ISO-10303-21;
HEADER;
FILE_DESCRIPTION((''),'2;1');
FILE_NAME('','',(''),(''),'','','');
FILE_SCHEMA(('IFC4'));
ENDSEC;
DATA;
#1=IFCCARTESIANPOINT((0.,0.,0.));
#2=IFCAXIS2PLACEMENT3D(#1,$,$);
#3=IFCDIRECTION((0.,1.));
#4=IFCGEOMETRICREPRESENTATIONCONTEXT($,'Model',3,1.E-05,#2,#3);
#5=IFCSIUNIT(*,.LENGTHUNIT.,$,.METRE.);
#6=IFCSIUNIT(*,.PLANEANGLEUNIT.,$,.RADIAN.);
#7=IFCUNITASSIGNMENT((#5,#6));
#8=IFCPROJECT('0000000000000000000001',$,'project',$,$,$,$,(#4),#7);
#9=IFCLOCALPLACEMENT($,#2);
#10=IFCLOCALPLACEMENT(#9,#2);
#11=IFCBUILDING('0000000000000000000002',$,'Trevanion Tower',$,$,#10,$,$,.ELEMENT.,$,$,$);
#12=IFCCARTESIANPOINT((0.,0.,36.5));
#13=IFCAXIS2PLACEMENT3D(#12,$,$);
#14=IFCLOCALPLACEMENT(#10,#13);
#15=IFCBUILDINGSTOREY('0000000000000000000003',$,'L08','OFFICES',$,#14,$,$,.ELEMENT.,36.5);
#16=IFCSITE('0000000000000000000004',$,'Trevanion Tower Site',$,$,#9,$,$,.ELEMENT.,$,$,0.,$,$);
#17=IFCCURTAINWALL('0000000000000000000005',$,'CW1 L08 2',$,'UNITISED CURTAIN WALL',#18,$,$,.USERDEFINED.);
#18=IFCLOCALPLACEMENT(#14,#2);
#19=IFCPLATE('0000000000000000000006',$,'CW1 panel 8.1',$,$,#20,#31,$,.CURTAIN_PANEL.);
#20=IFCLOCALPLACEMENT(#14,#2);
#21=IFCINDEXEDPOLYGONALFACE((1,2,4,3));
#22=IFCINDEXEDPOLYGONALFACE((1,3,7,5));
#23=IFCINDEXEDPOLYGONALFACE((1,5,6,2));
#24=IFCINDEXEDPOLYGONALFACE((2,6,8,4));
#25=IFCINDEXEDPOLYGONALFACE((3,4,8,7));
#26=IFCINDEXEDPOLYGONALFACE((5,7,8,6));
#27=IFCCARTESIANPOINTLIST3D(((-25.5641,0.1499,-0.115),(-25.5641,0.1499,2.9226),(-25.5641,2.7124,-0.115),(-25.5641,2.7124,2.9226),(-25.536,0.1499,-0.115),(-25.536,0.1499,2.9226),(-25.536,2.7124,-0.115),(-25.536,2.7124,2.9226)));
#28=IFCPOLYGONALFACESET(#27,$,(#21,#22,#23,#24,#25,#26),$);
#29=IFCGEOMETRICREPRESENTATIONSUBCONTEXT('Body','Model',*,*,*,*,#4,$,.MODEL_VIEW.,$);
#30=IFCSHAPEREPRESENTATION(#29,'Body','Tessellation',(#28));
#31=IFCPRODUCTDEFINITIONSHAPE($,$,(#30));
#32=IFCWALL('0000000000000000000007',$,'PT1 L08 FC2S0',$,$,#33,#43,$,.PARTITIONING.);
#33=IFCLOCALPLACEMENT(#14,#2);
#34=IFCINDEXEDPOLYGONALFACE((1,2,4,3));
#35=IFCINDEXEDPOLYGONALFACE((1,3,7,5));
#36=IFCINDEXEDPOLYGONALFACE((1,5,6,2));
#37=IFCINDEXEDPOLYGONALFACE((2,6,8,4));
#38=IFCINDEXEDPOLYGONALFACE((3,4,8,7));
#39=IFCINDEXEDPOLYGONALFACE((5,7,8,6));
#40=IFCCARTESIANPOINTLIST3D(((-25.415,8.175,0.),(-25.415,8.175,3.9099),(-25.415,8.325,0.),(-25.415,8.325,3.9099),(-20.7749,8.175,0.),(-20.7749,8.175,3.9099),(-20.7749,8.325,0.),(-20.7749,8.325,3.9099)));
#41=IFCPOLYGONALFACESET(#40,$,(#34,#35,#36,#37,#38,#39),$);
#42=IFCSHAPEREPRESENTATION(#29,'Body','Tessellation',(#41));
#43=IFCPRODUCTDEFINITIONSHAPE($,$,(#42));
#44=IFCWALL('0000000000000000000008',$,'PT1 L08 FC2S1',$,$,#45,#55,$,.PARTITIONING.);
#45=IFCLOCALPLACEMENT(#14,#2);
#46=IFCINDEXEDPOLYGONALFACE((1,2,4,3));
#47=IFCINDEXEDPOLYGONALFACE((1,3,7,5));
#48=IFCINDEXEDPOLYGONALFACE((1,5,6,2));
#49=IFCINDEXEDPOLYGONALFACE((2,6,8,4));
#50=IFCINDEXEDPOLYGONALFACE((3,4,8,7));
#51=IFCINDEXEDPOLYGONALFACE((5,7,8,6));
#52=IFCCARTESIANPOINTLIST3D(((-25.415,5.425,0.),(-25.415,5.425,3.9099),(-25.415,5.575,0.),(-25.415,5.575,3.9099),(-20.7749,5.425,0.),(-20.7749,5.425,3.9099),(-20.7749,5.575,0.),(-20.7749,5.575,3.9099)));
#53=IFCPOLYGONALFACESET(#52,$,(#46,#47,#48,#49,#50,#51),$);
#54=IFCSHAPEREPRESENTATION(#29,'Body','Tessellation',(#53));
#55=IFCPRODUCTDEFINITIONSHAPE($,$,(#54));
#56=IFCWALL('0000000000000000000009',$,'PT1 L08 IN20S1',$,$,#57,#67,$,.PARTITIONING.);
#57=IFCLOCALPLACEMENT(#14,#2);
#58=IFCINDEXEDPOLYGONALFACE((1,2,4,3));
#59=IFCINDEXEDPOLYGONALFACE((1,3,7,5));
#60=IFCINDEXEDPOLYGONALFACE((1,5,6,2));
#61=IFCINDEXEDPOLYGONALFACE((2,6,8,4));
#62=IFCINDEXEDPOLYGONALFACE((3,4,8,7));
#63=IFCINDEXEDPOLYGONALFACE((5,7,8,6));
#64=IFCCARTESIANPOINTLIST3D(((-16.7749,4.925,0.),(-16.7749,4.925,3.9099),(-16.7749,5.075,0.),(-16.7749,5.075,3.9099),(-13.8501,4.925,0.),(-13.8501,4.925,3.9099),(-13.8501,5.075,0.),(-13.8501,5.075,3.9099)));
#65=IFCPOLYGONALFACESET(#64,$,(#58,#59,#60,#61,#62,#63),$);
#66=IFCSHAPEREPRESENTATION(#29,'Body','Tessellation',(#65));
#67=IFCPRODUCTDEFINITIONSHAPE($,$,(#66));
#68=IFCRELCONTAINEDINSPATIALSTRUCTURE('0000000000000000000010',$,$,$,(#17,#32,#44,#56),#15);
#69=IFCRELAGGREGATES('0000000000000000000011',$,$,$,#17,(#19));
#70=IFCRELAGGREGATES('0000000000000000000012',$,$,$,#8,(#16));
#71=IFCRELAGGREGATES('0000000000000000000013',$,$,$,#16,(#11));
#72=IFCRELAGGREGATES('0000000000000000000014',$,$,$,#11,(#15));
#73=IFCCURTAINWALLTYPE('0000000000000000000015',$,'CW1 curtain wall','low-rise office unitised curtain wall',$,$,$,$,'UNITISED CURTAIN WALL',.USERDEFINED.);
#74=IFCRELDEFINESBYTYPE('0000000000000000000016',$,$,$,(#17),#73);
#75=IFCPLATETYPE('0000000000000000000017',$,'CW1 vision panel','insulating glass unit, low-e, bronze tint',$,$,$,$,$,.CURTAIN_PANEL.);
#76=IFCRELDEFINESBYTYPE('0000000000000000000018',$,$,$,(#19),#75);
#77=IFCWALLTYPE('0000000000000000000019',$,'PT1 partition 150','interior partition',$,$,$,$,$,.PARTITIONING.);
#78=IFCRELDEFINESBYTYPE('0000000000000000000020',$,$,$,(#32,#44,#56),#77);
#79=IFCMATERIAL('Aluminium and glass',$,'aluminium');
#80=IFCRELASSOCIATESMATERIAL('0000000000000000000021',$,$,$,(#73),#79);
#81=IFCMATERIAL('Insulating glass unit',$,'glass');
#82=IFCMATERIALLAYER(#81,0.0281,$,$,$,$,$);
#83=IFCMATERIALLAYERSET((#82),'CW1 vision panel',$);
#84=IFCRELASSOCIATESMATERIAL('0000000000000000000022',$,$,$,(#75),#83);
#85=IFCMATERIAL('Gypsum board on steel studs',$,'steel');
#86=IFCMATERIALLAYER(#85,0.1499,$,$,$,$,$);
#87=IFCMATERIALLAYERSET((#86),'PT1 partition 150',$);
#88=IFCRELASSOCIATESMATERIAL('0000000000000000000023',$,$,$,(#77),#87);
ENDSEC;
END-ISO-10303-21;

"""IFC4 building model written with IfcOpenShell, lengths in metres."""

from ifc_helpers import new_model, si_unit, direction, frame, frame_2d, origin, origin_2d, place, context, subcontext, project, spatial, rectangle, extrude, material, layer, layer_set, type_object, element, aggregate, save


model = new_model("IFC4")

# Units and contexts
model_context = context("Model", 3, precision=1e-05, world=origin(), true_north=direction((0.0, 1.0)))
body_context = subcontext(model_context, "Body", "Model", "MODEL_VIEW")
ifc_project = project(units=[si_unit("LENGTHUNIT", "METRE"), si_unit("PLANEANGLEUNIT", "RADIAN")], contexts=[model_context])

# Site, building, storey
site_placement = place(None, origin())
site = spatial("IfcSite", under=ifc_project, at=site_placement, Name="Trevanion Tower Site", CompositionType="ELEMENT", RefElevation=0.0)
building_placement = place(site_placement, origin())
building = spatial("IfcBuilding", under=site, at=building_placement, Name="Trevanion Tower", CompositionType="ELEMENT")
storey_placement = place(building_placement, frame((0.0, 0.0, 36.5)))
storey = spatial("IfcBuildingStorey", under=building, at=storey_placement, Name="L08", Description="OFFICES", CompositionType="ELEMENT", Elevation=36.5)

# Curtain wall, plate
ifc_material_1 = material(Name="Aluminium and glass", Category="aluminium")
curtain_wall_type = type_object("IfcCurtainWallType", Name="CW1 curtain wall", Description="low-rise office unitised curtain wall", ElementType="UNITISED CURTAIN WALL", PredefinedType="USERDEFINED", material=ifc_material_1)
curtain_wall_placement = place(storey_placement, origin())
curtain_wall = element("IfcCurtainWall", 1, at=curtain_wall_placement, inside=storey, type_object=curtain_wall_type, Name="CW1 L08 2", ObjectType="UNITISED CURTAIN WALL", PredefinedType="USERDEFINED")
ifc_material_2 = material(Name="Insulating glass unit", Category="glass")
ifc_layer_1 = layer(ifc_material_2, 0.0281)
ifc_layer_set_1 = layer_set([ifc_layer_1], Name="CW1 vision panel")
plate_type_1 = type_object("IfcPlateType", Name="CW1 vision panel", Description="insulating glass unit, low-e, bronze tint", PredefinedType="CURTAIN_PANEL", material=ifc_layer_set_1)
plate_1_placement = place(storey_placement, frame((-25.55, 1.4312, -0.115), z_axis=(0.0, 0.0, 1.0), x_axis=(0.0, -1.0, 0.0)))
plate_1 = element("IfcPlate", 2, at=plate_1_placement, type_object=plate_type_1, Name="CW1 panel 8.1", PredefinedType="CURTAIN_PANEL", context=body_context, shape_type="SweptSolid", body=[
    extrude(rectangle(XDim=2.5625, YDim=0.0281, at=origin_2d()), origin(), (0.0, 0.0, 1.0), 3.0376),
])
aggregate(curtain_wall, [plate_1])

# Walls
ifc_material_3 = material(Name="Gypsum board on steel studs", Category="steel")
ifc_layer_2 = layer(ifc_material_3, 0.1499)
ifc_layer_set_2 = layer_set([ifc_layer_2], Name="PT1 partition 150")
wall_type = type_object("IfcWallType", Name="PT1 partition 150", Description="interior partition", PredefinedType="PARTITIONING", material=ifc_layer_set_2)
for number, where, z_axis, x_axis, name in (
    (3, (-20.7749, 8.25, 0.0), (0.0, 0.0, 1.0), (-1.0, 0.0, 0.0), "PT1 L08 FC2S0"),
    (4, (-20.7749, 5.5, 0.0), (0.0, 0.0, 1.0), (-1.0, 0.0, 0.0), "PT1 L08 FC2S1"),
):
    element("IfcWall", number, at=place(storey_placement, frame(where, z_axis=z_axis, x_axis=x_axis)), inside=storey, type_object=wall_type, Name=name, PredefinedType="PARTITIONING", context=body_context, shape_type="SweptSolid", body=[
        extrude(rectangle(XDim=4.6401, YDim=0.1499, at=frame_2d((2.3201, 0.0))), origin(), (0.0, 0.0, 1.0), 3.9099),
    ])
wall_placement = place(storey_placement, frame((-16.7749, 5.0, 0.0), z_axis=(0.0, 0.0, 1.0), x_axis=(1.0, 0.0, 0.0)))
element("IfcWall", 5, at=wall_placement, inside=storey, type_object=wall_type, Name="PT1 L08 IN20S1", PredefinedType="PARTITIONING", context=body_context, shape_type="SweptSolid", body=[
    extrude(rectangle(XDim=2.9248, YDim=0.1499, at=frame_2d((1.4624, 0.0))), origin(), (0.0, 0.0, 1.0), 3.9099),
])

save(model, "model.ifc")
